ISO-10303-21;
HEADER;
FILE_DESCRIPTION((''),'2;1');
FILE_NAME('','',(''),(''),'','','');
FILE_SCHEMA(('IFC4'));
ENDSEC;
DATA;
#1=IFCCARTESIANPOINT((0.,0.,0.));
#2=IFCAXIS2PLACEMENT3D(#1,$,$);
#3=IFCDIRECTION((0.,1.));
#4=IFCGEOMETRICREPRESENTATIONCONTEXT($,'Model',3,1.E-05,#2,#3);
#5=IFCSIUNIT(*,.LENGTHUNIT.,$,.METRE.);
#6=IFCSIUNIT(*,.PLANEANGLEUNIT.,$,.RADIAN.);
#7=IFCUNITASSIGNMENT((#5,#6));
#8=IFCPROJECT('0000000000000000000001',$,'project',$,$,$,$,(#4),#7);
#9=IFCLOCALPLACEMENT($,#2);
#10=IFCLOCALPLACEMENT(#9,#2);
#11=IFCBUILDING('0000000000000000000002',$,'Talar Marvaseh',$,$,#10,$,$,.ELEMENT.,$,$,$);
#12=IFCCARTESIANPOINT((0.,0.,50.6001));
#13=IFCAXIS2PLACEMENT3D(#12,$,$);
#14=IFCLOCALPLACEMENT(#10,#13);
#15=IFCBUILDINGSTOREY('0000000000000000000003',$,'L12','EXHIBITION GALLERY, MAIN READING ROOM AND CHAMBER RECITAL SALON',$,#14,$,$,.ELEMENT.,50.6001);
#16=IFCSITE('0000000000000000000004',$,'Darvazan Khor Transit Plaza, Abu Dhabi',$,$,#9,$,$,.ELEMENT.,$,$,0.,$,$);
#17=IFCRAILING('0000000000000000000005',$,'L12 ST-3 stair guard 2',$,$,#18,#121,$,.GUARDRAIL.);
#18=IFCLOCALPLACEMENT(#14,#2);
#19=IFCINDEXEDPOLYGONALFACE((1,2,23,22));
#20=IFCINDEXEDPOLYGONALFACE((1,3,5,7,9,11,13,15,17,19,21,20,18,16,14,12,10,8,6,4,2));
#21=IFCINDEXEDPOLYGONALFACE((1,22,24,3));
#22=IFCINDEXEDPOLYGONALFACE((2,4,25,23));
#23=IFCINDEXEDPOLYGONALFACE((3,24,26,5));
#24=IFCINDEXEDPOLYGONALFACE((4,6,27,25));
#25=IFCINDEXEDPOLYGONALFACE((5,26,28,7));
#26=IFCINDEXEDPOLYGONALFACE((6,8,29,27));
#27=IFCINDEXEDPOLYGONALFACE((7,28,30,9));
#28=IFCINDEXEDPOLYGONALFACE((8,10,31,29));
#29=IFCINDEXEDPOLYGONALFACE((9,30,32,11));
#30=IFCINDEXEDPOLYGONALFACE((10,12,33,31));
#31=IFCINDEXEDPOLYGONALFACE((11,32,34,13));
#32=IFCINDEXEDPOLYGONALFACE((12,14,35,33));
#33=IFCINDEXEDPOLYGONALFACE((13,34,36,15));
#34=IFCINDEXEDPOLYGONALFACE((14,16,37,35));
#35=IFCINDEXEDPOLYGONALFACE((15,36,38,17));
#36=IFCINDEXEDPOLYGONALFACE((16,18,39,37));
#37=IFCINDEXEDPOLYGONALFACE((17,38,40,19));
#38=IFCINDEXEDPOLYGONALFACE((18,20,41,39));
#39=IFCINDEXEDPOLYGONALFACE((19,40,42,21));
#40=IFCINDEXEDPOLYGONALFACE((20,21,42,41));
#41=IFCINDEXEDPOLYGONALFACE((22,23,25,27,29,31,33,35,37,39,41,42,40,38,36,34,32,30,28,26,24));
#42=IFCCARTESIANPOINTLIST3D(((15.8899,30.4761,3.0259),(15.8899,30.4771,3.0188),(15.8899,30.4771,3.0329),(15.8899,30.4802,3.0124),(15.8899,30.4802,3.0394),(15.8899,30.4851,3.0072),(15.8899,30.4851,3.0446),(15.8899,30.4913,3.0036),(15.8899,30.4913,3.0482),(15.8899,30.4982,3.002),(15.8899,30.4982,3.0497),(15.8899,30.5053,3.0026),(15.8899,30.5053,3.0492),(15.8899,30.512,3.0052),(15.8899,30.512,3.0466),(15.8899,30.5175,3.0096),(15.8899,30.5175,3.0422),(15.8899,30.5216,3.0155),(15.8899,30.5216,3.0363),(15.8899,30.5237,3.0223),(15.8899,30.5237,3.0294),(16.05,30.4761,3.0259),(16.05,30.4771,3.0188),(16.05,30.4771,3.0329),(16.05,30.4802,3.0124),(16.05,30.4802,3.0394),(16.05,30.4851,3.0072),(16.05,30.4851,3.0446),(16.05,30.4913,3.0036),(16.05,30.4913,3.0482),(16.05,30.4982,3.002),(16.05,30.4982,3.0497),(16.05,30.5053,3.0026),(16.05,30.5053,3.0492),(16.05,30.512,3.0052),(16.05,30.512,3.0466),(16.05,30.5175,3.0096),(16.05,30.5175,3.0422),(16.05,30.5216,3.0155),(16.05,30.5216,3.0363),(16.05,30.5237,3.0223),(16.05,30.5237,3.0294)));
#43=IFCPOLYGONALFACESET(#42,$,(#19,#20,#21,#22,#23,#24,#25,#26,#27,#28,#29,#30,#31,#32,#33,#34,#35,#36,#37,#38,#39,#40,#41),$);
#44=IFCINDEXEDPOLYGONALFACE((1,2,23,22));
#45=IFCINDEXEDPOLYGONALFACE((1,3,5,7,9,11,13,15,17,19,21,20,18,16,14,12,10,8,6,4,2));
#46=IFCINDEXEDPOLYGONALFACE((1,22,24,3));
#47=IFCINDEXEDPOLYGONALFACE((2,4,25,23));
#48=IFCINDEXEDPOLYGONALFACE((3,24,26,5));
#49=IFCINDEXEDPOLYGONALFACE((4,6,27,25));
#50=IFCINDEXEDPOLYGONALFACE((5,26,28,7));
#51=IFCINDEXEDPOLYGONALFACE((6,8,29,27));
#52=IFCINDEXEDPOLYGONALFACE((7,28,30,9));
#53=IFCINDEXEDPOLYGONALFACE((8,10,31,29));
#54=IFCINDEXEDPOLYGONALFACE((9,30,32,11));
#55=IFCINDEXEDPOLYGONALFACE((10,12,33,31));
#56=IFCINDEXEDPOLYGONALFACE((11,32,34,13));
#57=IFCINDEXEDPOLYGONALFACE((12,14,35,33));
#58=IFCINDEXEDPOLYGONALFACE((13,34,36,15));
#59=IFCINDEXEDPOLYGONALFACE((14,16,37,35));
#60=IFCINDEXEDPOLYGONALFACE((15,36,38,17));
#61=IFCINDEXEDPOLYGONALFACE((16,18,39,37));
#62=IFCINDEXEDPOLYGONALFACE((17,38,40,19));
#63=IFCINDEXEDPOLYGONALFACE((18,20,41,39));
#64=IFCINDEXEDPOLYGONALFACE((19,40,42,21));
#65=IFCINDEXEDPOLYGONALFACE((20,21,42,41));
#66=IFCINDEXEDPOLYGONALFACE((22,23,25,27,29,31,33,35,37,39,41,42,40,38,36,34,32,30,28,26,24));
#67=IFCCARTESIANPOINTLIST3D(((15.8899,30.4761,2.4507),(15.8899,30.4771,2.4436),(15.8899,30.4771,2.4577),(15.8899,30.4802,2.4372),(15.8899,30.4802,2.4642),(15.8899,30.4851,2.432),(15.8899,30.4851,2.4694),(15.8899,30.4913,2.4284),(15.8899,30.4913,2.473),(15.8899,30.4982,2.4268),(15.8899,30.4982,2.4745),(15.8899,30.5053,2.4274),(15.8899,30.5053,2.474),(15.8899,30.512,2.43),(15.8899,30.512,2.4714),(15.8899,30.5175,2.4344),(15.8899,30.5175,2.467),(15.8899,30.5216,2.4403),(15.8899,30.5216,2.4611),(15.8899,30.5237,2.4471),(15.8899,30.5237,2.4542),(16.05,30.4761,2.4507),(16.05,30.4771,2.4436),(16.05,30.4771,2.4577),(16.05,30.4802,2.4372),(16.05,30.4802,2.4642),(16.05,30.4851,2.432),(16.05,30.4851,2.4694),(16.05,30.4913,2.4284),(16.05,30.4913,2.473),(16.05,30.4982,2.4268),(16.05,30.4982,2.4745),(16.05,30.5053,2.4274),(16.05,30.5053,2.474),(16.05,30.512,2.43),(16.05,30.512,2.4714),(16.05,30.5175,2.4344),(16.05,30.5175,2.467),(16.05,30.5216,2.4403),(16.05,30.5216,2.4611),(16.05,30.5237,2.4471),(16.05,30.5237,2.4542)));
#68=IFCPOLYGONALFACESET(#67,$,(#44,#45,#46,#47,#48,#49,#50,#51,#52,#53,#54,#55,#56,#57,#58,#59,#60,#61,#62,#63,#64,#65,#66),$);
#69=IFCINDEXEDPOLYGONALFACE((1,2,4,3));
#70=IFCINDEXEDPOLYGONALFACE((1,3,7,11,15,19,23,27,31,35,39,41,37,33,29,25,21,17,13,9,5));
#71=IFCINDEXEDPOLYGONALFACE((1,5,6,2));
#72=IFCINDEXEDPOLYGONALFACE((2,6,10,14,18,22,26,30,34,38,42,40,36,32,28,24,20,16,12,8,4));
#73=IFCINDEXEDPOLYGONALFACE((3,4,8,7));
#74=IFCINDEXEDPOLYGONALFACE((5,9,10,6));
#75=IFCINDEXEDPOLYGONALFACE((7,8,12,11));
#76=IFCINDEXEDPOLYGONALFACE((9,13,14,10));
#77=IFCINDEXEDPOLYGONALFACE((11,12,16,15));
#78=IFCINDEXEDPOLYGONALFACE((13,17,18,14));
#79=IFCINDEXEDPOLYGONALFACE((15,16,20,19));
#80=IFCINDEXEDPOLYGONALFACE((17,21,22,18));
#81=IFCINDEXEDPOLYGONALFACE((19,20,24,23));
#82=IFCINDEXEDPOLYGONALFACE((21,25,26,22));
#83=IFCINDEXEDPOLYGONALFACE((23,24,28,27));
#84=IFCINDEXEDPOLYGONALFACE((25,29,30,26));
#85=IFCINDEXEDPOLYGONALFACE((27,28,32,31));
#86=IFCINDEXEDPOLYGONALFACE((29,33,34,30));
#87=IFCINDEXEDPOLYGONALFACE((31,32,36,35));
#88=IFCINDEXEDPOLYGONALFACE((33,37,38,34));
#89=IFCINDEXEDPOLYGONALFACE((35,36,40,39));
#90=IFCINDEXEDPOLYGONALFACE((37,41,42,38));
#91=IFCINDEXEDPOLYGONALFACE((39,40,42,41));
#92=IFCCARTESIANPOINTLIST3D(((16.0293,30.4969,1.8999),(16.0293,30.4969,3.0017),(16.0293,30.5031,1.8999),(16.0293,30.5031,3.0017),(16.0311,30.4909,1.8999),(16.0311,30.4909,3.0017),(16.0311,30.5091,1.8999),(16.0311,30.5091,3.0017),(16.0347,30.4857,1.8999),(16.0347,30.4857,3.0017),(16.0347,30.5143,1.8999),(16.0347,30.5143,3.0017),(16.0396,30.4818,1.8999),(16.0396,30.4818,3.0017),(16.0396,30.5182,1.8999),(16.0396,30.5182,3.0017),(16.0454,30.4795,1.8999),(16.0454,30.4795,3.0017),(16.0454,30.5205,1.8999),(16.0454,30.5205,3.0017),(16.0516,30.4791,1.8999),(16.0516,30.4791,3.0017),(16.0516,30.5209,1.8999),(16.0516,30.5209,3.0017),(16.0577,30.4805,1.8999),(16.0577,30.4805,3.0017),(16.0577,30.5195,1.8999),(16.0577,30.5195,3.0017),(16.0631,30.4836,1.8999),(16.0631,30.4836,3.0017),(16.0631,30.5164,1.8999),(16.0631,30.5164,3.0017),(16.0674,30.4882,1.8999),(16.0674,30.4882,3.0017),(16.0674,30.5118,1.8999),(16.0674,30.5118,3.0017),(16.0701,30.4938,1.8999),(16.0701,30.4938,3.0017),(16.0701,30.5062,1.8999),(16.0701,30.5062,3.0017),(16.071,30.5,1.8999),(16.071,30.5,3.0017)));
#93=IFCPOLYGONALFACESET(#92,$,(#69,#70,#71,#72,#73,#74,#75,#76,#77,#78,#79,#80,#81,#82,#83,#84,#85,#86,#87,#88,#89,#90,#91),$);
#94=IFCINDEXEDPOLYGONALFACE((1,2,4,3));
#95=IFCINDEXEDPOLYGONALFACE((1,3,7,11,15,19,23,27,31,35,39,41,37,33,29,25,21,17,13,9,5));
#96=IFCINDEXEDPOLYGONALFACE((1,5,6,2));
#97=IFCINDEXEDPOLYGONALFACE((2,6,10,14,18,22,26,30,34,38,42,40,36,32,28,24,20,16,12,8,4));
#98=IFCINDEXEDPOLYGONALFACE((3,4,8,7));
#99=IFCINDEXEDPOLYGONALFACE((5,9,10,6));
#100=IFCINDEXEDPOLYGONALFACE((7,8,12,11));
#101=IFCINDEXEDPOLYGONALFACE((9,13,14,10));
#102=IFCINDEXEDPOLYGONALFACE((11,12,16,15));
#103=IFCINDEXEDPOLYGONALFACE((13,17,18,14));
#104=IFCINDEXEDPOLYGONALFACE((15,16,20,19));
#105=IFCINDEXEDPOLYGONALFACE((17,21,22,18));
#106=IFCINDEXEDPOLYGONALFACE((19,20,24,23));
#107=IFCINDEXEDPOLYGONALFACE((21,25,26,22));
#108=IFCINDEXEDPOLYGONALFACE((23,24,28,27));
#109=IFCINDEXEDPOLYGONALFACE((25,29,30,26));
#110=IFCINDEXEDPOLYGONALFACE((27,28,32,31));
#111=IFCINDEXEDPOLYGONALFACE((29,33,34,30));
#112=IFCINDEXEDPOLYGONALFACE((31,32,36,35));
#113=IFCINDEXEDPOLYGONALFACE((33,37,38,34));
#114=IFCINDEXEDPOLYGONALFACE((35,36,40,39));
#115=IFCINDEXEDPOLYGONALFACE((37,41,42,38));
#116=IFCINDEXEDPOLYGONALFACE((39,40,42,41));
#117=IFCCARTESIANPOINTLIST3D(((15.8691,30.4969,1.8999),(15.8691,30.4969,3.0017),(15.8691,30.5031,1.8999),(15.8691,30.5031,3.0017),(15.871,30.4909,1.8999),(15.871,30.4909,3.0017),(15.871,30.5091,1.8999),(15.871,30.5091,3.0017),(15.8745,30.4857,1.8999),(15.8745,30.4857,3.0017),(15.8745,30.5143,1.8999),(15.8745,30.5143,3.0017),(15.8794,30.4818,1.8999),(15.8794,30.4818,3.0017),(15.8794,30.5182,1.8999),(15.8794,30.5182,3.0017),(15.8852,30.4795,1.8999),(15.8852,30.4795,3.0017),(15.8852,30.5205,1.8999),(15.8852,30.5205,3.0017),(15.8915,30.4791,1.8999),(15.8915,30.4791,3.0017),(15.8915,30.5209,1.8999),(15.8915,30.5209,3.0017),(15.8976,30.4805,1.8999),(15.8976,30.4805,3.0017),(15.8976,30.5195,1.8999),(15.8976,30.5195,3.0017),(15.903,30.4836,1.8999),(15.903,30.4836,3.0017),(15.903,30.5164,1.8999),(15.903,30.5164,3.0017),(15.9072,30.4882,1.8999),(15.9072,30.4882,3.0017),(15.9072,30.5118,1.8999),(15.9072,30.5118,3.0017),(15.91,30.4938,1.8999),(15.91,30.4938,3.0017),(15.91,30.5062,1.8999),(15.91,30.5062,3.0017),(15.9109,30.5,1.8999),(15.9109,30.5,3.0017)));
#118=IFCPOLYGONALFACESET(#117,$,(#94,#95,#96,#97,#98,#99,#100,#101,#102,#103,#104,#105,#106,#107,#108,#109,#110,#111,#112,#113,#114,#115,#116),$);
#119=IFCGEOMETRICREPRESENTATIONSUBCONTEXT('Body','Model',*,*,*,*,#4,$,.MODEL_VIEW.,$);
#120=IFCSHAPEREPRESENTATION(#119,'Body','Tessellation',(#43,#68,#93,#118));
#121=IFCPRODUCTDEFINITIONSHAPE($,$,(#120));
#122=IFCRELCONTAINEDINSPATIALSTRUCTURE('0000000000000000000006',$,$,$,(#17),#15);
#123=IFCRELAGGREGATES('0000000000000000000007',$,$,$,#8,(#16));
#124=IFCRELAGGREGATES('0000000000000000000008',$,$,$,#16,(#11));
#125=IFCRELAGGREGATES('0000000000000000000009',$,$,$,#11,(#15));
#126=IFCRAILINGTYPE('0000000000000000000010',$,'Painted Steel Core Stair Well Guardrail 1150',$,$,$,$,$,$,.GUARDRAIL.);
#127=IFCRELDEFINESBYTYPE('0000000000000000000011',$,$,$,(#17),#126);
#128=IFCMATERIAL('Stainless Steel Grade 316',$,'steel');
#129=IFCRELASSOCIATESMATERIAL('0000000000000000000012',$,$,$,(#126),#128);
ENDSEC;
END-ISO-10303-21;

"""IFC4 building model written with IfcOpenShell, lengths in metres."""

from ifc_helpers import new_model, si_unit, direction, frame, origin, origin_2d, place, context, subcontext, project, spatial, circle, extrude, material, type_object, element, save


model = new_model("IFC4")

# Units and contexts
model_context = context("Model", 3, precision=1e-05, world=origin(), true_north=direction((0.0, 1.0)))
body_context = subcontext(model_context, "Body", "Model", "MODEL_VIEW")
ifc_project = project(units=[si_unit("LENGTHUNIT", "METRE"), si_unit("PLANEANGLEUNIT", "RADIAN")], contexts=[model_context])

# Site, building, storey
site_placement = place(None, origin())
site = spatial("IfcSite", under=ifc_project, at=site_placement, Name="Darvazan Khor Transit Plaza, Abu Dhabi", CompositionType="ELEMENT", RefElevation=0.0)
building_placement = place(site_placement, origin())
building = spatial("IfcBuilding", under=site, at=building_placement, Name="Talar Marvaseh", CompositionType="ELEMENT")
storey_placement = place(building_placement, frame((0.0, 0.0, 50.6001)))
storey = spatial("IfcBuildingStorey", under=building, at=storey_placement, Name="L12", Description="EXHIBITION GALLERY, MAIN READING ROOM AND CHAMBER RECITAL SALON", CompositionType="ELEMENT", Elevation=50.6001)

# Railing
ifc_material_1 = material(Name="Stainless Steel Grade 316", Category="steel")
railing_type_1 = type_object("IfcRailingType", Name="Painted Steel Core Stair Well Guardrail 1150", PredefinedType="GUARDRAIL", material=ifc_material_1)
railing_1_placement = place(storey_placement, frame((16.05, 30.5, 1.8999)))
element("IfcRailing", 1, at=railing_1_placement, inside=storey, type_object=railing_type_1, Name="L12 ST-3 stair guard 2", PredefinedType="GUARDRAIL", context=body_context, shape_type="SweptSolid", body=[
    extrude(circle(Radius=0.0239, at=origin_2d()), frame((0.0, 0.0, 1.126), z_axis=(-1.0, 0.0, 0.0), x_axis=(0.0, -1.0, 0.0)), (0.0, 0.0, 1.0), 0.1602),
    extrude(circle(Radius=0.0239, at=origin_2d()), frame((0.0, 0.0, 0.5508), z_axis=(-1.0, 0.0, 0.0), x_axis=(0.0, -1.0, 0.0)), (0.0, 0.0, 1.0), 0.1602),
    extrude(circle(Radius=0.021, at=origin_2d()), origin(), (0.0, 0.0, 1.0), 1.1018),
    extrude(circle(Radius=0.021, at=origin_2d()), frame((-0.1602, 0.0, 0.0)), (0.0, 0.0, 1.0), 1.1018),
])

save(model, "model.ifc")
